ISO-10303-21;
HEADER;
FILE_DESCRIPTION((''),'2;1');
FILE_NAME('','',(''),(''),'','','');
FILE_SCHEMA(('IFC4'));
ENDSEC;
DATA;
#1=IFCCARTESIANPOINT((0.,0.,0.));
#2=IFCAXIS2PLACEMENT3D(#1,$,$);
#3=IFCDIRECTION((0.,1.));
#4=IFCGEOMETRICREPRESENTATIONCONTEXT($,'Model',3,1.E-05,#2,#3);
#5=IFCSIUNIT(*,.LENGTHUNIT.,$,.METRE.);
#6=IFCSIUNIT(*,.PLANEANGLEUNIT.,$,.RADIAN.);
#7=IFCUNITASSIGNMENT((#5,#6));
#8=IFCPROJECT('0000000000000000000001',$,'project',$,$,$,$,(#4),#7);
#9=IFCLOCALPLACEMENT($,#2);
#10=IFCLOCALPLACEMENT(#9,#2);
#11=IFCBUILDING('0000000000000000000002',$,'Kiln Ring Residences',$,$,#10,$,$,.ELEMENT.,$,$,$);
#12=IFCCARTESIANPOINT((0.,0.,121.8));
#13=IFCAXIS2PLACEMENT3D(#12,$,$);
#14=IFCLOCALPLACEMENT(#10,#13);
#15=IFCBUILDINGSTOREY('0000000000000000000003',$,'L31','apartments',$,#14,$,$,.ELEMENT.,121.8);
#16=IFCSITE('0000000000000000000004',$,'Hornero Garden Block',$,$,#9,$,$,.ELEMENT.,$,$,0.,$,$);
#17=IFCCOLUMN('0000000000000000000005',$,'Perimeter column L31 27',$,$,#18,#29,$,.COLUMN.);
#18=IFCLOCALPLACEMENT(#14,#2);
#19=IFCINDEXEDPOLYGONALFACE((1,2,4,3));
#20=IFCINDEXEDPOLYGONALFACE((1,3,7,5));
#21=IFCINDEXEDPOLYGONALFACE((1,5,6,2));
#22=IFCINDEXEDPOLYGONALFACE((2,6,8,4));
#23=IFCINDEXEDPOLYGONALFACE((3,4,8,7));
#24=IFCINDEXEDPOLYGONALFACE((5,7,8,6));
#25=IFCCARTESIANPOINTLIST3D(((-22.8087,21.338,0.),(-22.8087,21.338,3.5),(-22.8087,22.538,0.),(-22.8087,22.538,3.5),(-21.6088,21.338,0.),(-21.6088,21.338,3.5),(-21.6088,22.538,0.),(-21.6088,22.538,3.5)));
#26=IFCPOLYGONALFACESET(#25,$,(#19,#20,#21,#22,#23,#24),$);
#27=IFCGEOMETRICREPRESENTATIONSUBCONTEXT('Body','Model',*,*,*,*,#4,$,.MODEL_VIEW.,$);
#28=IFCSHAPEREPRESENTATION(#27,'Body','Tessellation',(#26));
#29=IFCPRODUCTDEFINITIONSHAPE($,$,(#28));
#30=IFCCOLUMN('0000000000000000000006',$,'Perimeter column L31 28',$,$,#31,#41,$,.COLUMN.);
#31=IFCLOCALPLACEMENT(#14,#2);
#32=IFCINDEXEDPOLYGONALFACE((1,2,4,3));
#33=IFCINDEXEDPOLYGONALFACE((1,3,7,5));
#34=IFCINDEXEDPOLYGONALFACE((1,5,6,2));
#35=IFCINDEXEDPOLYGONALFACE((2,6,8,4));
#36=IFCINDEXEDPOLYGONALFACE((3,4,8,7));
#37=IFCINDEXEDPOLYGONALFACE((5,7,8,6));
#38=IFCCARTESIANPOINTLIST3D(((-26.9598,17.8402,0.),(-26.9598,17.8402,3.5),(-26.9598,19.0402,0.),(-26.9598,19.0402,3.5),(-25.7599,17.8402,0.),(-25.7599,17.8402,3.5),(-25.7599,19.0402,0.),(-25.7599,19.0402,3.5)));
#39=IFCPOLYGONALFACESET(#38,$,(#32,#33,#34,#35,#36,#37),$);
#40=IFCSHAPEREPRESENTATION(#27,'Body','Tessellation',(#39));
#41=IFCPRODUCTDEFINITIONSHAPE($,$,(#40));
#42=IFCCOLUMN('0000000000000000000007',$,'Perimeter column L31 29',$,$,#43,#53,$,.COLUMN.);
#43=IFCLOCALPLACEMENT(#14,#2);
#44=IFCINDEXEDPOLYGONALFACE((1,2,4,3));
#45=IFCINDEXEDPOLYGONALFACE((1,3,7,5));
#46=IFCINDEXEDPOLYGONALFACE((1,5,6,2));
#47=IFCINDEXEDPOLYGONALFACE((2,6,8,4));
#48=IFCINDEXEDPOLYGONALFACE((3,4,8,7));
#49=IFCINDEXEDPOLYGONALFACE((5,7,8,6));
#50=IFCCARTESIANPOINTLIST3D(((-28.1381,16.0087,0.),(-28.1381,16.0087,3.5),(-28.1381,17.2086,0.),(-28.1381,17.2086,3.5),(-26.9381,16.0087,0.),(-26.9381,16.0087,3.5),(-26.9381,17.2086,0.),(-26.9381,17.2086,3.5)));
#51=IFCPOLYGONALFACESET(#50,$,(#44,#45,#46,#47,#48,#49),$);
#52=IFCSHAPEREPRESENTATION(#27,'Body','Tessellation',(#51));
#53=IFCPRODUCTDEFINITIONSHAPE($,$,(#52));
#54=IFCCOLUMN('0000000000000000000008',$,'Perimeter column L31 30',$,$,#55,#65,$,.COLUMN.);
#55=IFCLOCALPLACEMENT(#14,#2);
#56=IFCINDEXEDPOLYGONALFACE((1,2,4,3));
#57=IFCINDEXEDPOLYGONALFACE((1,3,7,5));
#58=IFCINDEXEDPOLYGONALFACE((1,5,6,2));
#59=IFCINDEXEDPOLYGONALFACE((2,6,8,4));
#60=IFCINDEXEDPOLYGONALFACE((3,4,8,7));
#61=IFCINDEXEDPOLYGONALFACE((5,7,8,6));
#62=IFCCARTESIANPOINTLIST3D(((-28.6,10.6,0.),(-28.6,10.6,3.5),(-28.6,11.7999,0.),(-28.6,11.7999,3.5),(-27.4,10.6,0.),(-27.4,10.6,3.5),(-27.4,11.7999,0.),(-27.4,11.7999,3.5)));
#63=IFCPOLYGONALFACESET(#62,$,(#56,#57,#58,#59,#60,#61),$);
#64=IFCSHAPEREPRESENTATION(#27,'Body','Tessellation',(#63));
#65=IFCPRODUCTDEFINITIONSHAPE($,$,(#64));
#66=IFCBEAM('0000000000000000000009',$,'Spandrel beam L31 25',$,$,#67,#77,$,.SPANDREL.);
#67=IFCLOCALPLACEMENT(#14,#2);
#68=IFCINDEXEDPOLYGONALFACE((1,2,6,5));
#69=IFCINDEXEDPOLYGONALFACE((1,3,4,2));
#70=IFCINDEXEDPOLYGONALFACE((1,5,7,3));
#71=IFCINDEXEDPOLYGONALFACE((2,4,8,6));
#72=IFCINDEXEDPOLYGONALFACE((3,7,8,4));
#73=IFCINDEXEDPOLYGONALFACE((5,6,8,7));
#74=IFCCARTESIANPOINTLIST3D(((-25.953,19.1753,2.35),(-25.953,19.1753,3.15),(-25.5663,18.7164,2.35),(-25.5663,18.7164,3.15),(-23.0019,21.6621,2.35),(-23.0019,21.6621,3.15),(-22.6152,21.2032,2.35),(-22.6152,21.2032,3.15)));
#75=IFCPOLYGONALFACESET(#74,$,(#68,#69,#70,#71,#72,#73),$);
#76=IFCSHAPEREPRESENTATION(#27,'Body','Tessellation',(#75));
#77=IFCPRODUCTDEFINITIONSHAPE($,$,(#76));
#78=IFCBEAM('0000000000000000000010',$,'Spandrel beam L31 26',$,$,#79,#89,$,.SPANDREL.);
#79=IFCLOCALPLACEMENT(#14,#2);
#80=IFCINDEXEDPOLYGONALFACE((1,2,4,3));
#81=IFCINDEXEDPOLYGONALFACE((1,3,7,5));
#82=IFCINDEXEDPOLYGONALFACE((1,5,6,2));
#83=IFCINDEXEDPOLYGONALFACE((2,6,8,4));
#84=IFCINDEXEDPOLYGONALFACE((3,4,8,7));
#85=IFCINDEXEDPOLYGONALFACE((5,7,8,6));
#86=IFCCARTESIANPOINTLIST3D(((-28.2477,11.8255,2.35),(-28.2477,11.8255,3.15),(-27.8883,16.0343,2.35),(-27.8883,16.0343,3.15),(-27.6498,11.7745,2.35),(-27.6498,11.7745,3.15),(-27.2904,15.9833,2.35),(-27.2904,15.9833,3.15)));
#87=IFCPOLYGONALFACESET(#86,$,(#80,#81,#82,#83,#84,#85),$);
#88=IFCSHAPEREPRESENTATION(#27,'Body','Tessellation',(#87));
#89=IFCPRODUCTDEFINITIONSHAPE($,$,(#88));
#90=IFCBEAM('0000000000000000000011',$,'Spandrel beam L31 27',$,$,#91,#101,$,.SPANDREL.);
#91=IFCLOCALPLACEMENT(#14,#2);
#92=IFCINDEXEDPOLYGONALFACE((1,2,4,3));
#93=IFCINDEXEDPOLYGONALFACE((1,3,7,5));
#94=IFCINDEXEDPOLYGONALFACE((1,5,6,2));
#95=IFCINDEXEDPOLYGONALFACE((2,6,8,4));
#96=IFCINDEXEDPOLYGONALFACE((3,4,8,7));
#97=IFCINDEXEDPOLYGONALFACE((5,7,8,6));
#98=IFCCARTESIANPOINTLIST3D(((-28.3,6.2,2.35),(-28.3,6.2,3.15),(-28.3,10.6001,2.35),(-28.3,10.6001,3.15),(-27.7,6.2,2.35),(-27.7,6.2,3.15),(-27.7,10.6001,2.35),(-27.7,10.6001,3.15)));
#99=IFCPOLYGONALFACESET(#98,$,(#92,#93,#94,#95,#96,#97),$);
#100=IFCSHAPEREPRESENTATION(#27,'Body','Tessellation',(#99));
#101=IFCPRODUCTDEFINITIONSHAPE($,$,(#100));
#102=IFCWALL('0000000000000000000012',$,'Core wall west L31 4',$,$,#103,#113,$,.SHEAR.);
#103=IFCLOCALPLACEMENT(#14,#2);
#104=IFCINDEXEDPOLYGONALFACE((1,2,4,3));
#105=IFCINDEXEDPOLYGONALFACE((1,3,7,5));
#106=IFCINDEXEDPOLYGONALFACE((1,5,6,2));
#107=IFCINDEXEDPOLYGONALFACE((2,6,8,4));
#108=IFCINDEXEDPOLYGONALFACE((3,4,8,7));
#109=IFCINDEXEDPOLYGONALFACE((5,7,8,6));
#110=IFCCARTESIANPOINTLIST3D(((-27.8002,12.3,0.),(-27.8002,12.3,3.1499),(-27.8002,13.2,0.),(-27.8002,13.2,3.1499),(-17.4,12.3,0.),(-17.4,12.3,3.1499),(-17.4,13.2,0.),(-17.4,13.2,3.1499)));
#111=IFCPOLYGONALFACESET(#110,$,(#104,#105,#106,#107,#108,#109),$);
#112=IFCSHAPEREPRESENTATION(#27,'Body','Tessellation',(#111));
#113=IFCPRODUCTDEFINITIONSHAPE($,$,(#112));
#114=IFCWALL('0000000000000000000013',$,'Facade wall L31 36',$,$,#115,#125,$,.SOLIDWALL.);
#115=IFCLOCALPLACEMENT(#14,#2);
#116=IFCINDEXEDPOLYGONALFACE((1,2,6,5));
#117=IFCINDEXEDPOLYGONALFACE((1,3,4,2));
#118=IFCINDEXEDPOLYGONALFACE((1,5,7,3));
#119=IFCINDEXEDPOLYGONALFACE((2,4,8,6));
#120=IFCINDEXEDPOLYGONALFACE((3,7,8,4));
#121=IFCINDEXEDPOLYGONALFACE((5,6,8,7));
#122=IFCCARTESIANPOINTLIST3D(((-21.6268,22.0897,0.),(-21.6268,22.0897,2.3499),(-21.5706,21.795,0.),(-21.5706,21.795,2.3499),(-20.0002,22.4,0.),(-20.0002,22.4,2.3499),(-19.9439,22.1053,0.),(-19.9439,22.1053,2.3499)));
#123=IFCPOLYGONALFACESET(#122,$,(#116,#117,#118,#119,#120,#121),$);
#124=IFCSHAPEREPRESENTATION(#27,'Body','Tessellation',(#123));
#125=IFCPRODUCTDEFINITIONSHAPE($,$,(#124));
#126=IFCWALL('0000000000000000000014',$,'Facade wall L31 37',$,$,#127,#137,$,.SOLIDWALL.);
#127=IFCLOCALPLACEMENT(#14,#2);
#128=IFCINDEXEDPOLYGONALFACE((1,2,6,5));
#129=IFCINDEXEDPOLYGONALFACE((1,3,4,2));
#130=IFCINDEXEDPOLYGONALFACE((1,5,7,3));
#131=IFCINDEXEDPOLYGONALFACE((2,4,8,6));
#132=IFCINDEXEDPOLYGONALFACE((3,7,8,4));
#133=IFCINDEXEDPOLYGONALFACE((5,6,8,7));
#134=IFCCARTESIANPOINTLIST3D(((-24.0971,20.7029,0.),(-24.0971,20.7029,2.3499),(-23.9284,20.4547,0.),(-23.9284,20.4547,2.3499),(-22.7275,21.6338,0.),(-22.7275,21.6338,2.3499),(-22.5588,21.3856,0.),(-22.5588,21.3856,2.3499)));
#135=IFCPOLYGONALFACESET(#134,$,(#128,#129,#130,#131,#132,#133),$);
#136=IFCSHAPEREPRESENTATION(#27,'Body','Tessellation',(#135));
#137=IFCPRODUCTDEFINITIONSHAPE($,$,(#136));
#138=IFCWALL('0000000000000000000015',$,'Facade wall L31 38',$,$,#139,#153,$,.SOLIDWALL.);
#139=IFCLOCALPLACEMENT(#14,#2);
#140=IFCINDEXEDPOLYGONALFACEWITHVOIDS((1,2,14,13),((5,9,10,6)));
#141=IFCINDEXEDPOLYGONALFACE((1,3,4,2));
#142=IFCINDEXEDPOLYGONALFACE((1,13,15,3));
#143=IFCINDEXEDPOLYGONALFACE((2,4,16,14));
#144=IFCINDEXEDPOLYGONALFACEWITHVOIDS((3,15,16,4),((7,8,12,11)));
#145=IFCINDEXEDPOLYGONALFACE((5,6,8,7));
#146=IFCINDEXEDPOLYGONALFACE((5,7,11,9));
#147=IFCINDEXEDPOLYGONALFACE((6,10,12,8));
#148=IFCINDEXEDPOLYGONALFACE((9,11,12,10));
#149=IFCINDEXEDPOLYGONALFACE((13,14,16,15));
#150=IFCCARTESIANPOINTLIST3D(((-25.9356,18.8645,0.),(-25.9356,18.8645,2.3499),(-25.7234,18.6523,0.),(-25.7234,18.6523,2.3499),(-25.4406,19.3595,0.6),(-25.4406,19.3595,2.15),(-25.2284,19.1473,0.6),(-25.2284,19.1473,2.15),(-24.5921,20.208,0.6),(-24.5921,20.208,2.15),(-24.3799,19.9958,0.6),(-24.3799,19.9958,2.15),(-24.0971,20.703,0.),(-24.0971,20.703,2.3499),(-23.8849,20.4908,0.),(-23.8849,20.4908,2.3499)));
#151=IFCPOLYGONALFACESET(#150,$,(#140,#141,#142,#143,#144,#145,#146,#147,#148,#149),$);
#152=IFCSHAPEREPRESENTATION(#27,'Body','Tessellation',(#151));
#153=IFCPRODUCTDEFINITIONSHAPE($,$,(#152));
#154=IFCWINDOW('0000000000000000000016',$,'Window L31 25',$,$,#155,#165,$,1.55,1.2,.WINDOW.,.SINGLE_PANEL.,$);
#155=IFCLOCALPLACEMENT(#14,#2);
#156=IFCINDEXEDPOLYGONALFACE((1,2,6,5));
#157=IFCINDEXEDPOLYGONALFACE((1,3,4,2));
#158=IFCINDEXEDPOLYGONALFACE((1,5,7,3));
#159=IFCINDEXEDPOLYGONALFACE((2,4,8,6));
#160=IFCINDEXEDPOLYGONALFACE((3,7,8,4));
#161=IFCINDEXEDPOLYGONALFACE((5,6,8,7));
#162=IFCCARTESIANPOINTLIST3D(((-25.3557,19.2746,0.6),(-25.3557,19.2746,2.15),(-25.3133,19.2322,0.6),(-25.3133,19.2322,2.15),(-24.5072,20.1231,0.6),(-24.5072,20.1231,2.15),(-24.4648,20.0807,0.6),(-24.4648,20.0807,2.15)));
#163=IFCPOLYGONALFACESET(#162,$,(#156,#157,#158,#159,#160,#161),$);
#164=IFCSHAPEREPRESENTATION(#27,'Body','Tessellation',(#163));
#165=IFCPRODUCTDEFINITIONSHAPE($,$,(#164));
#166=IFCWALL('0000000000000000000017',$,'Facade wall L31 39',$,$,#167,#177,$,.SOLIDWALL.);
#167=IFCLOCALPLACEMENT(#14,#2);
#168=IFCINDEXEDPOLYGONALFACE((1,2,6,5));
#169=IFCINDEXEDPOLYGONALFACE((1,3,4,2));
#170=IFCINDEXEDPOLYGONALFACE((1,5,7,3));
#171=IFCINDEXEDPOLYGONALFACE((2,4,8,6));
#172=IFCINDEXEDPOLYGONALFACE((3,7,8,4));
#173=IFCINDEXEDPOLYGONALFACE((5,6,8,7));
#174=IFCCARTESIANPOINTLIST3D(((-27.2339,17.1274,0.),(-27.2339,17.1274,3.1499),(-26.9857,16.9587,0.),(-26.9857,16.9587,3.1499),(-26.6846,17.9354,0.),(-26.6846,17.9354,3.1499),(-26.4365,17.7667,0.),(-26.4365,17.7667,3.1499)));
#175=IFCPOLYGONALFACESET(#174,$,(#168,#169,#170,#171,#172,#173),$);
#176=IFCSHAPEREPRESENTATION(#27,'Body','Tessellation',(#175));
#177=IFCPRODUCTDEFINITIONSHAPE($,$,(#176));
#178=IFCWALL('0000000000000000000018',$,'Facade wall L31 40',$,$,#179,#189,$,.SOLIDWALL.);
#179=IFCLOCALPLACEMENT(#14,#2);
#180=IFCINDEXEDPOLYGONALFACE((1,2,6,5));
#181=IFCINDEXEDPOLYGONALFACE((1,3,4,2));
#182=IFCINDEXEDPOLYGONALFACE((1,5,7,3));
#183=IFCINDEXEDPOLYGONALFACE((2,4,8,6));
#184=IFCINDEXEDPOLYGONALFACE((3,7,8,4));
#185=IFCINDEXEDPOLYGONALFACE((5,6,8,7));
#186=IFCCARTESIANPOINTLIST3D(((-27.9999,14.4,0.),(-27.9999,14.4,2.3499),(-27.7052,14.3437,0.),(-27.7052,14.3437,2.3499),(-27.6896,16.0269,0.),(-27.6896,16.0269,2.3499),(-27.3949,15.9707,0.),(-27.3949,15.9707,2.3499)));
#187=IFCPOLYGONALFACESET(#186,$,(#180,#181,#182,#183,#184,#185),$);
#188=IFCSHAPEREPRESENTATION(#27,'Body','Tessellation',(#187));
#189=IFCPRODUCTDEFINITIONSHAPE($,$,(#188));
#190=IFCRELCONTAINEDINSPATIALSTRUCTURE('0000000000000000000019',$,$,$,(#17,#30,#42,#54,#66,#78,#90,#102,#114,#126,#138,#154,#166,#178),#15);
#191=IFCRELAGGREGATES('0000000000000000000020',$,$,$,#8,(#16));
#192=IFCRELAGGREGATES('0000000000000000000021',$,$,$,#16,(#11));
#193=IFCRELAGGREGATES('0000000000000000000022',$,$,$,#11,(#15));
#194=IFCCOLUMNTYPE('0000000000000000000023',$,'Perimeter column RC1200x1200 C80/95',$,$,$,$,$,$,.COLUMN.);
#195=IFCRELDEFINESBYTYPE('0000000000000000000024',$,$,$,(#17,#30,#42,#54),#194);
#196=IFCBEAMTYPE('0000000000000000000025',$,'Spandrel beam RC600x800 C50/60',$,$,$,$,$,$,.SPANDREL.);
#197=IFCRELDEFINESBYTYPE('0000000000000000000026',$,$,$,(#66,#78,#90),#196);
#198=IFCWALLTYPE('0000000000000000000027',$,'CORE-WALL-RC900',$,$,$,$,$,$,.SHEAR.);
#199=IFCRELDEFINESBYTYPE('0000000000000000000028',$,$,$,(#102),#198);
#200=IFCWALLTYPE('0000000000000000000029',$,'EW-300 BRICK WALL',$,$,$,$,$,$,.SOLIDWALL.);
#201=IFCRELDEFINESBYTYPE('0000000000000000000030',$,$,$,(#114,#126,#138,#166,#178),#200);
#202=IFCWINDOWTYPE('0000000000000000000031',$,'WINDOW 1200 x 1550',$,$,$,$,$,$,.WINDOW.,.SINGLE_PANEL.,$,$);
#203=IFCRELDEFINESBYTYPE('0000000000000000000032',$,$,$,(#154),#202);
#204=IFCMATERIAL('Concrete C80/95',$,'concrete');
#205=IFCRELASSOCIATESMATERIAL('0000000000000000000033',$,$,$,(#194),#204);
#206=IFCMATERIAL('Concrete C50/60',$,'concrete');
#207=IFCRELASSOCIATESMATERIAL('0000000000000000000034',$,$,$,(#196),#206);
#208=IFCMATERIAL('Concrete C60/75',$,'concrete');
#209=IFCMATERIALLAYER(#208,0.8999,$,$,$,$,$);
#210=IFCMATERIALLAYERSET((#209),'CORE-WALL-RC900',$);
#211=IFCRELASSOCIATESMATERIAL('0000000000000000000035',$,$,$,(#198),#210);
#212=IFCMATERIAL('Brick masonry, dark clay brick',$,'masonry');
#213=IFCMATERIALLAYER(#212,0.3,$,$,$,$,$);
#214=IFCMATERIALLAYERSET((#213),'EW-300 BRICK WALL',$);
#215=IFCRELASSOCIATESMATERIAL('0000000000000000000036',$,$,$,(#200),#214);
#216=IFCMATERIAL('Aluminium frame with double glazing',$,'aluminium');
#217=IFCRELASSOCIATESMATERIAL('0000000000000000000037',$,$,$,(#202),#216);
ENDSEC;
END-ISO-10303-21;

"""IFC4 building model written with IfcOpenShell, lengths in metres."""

from ifc_helpers import new_model, si_unit, direction, frame, frame_2d, origin, origin_2d, place, context, subcontext, project, spatial, rectangle, extrude, material, layer, layer_set, material_profile, profile_set, type_object, element, fill, save


model = new_model("IFC4")

# Units and contexts
model_context = context("Model", 3, precision=1e-05, world=origin(), true_north=direction((0.0, 1.0)))
body_context = subcontext(model_context, "Body", "Model", "MODEL_VIEW")
ifc_project = project(units=[si_unit("LENGTHUNIT", "METRE"), si_unit("PLANEANGLEUNIT", "RADIAN")], contexts=[model_context])

# Site, building, storey
site_placement = place(None, origin())
site = spatial("IfcSite", under=ifc_project, at=site_placement, Name="Hornero Garden Block", CompositionType="ELEMENT", RefElevation=0.0)
building_placement = place(site_placement, origin())
building = spatial("IfcBuilding", under=site, at=building_placement, Name="Kiln Ring Residences", CompositionType="ELEMENT")
storey_placement = place(building_placement, frame((0.0, 0.0, 121.8)))
storey = spatial("IfcBuildingStorey", under=building, at=storey_placement, Name="L31", Description="apartments", CompositionType="ELEMENT", Elevation=121.8)

# Columns
ifc_material_1 = material(Name="Concrete C80/95", Category="concrete")
ifc_material_profile_1 = material_profile(ifc_material_1, rectangle(XDim=1.2, YDim=1.2, at=origin_2d()), Name="RC1200x1200")
ifc_profile_set_1 = profile_set([ifc_material_profile_1], Name="Concrete C80/95")
column_type = type_object("IfcColumnType", Name="Perimeter column RC1200x1200 C80/95", PredefinedType="COLUMN", material=ifc_profile_set_1)
for number, where, z_axis, x_axis, name in (
    (1, (-22.2087, 21.938, 0.0), (0.0, 0.0, 1.0), (1.0, 0.0, 0.0), "Perimeter column L31 27"),
    (2, (-26.3599, 18.4402, 0.0), (0.0, 0.0, 1.0), (1.0, 0.0, 0.0), "Perimeter column L31 28"),
    (3, (-27.5381, 16.6086, 0.0), (0.0, 0.0, 1.0), (1.0, 0.0, 0.0), "Perimeter column L31 29"),
    (4, (-28.0, 11.2, 0.0), (0.0, 0.0, 1.0), (1.0, 0.0, 0.0), "Perimeter column L31 30"),
):
    element("IfcColumn", number, at=place(storey_placement, frame(where, z_axis=z_axis, x_axis=x_axis)), inside=storey, type_object=column_type, Name=name, PredefinedType="COLUMN", context=body_context, shape_type="SweptSolid", body=[
        extrude(rectangle(XDim=1.2, YDim=1.2, at=origin_2d()), origin(), (0.0, 0.0, 1.0), 3.5),
    ])

# Beams
ifc_material_2 = material(Name="Concrete C50/60", Category="concrete")
ifc_material_profile_2 = material_profile(ifc_material_2, rectangle(XDim=0.6001, YDim=0.8, at=origin_2d()), Name="RC600x800")
ifc_profile_set_2 = profile_set([ifc_material_profile_2], Name="Concrete C50/60")
beam_type = type_object("IfcBeamType", Name="Spandrel beam RC600x800 C50/60", PredefinedType="SPANDREL", material=ifc_profile_set_2)
beam_1_placement = place(storey_placement, frame((-22.8086, 21.4326, 2.75), z_axis=(-0.764704, -0.644381, 0.0), x_axis=(0.644381, -0.764704, 0.0)))
element("IfcBeam", 5, at=beam_1_placement, inside=storey, type_object=beam_type, Name="Spandrel beam L31 25", PredefinedType="SPANDREL", context=body_context, shape_type="SweptSolid", body=[
    extrude(rectangle(XDim=0.6001, YDim=0.8, at=origin_2d()), origin(), (0.0, 0.0, 1.0), 3.8591),
])
beam_2_placement = place(storey_placement, frame((-27.5894, 16.0088, 2.75), z_axis=(-0.085078, -0.996374, 0.0), x_axis=(0.996374, -0.085078, 0.0)))
element("IfcBeam", 6, at=beam_2_placement, inside=storey, type_object=beam_type, Name="Spandrel beam L31 26", PredefinedType="SPANDREL", context=body_context, shape_type="SweptSolid", body=[
    extrude(rectangle(XDim=0.6001, YDim=0.8, at=origin_2d()), origin(), (0.0, 0.0, 1.0), 4.2241),
])
beam_3_placement = place(storey_placement, frame((-28.0, 10.6001, 2.75), z_axis=(0.0, -1.0, 0.0), x_axis=(1.0, 0.0, 0.0)))
element("IfcBeam", 7, at=beam_3_placement, inside=storey, type_object=beam_type, Name="Spandrel beam L31 27", PredefinedType="SPANDREL", context=body_context, shape_type="SweptSolid", body=[
    extrude(rectangle(XDim=0.6001, YDim=0.8, at=origin_2d()), origin(), (0.0, 0.0, 1.0), 4.4001),
])

# Walls
ifc_material_3 = material(Name="Concrete C60/75", Category="concrete")
ifc_layer_1 = layer(ifc_material_3, 0.8999)
ifc_layer_set_1 = layer_set([ifc_layer_1], Name="CORE-WALL-RC900")
wall_type_1 = type_object("IfcWallType", Name="CORE-WALL-RC900", PredefinedType="SHEAR", material=ifc_layer_set_1)
wall_1_placement = place(storey_placement, frame((-17.3999, 12.75, 0.0), z_axis=(0.0, 0.0, 1.0), x_axis=(-1.0, 0.0, 0.0)))
element("IfcWall", 8, at=wall_1_placement, inside=storey, type_object=wall_type_1, Name="Core wall west L31 4", PredefinedType="SHEAR", context=body_context, shape_type="SweptSolid", body=[
    extrude(rectangle(XDim=10.4001, YDim=0.8999, at=frame_2d((5.2002, 0.0))), origin(), (0.0, 0.0, 1.0), 3.1499),
])
ifc_material_4 = material(Name="Brick masonry, dark clay brick", Category="masonry")
ifc_layer_2 = layer(ifc_material_4, 0.3)
ifc_layer_set_2 = layer_set([ifc_layer_2], Name="EW-300 BRICK WALL")
wall_type_2 = type_object("IfcWallType", Name="EW-300 BRICK WALL", PredefinedType="SOLIDWALL", material=ifc_layer_set_2)
for number, where, z_axis, x_axis, name in (
    (9, (-19.9719, 22.2527, 0.0), (0.0, 0.0, 1.0), (-0.982288, -0.187376, 0.0), "Facade wall L31 36"),
    (10, (-22.6431, 21.5098, 0.0), (0.0, 0.0, 1.0), (-0.82705, -0.562129, 0.0), "Facade wall L31 37"),
):
    element("IfcWall", number, at=place(storey_placement, frame(where, z_axis=z_axis, x_axis=x_axis)), inside=storey, type_object=wall_type_2, Name=name, PredefinedType="SOLIDWALL", context=body_context, shape_type="SweptSolid", body=[
        extrude(rectangle(XDim=1.656, YDim=0.3, at=frame_2d((0.8281, 0.0))), origin(), (0.0, 0.0, 1.0), 2.3499),
    ])

# Wall, opening, window
wall_2_placement = place(storey_placement, frame((-23.991, 20.5969, 0.0), z_axis=(0.0, 0.0, 1.0), x_axis=(-0.707107, -0.707107, 0.0)))
wall_2 = element("IfcWall", 11, at=wall_2_placement, inside=storey, type_object=wall_type_2, Name="Facade wall L31 38", PredefinedType="SOLIDWALL", context=body_context, shape_type="SweptSolid", body=[
    extrude(rectangle(XDim=2.6001, YDim=0.3, at=frame_2d((1.3, 0.0))), origin(), (0.0, 0.0, 1.0), 2.3499),
])
opening_1_placement = place(wall_2_placement, frame((0.7, 0.0, 0.6001)))
opening_1 = element("IfcOpeningElement", 12, at=opening_1_placement, cuts=wall_2, PredefinedType="OPENING", context=body_context, shape_type="SweptSolid", body=[
    extrude(rectangle(XDim=1.2, YDim=1.55, at=frame_2d((0.6001, 0.7749))), frame((0.0, 0.1599, 0.0), z_axis=(0.0, -1.0, 0.0), x_axis=(1.0, 0.0, 0.0)), (0.0, 0.0, 1.0), 0.3201),
])
ifc_material_5 = material(Name="Aluminium frame with double glazing", Category="aluminium")
window_type = type_object("IfcWindowType", Name="WINDOW 1200 x 1550", PartitioningType="SINGLE_PANEL", PredefinedType="WINDOW", material=ifc_material_5)
window_placement = place(opening_1_placement, origin())
window = element("IfcWindow", 13, at=window_placement, inside=storey, type_object=window_type, Name="Window L31 25", OverallHeight=1.55, OverallWidth=1.2, PartitioningType="SINGLE_PANEL", PredefinedType="WINDOW", context=body_context, shape_type="SweptSolid", body=[
    extrude(rectangle(XDim=1.2, YDim=1.55, at=frame_2d((0.6001, 0.7749))), frame((0.0, 0.03, 0.0), z_axis=(0.0, -1.0, 0.0), x_axis=(1.0, 0.0, 0.0)), (0.0, 0.0, 1.0), 0.0601),
])
fill(opening_1, window)

# Walls
wall_3_placement = place(storey_placement, frame((-26.5605, 17.8511, 0.0), z_axis=(0.0, 0.0, 1.0), x_axis=(-0.562173, -0.827019, 0.0)))
element("IfcWall", 14, at=wall_3_placement, inside=storey, type_object=wall_type_2, Name="Facade wall L31 39", PredefinedType="SOLIDWALL", context=body_context, shape_type="SweptSolid", body=[
    extrude(rectangle(XDim=0.9771, YDim=0.3, at=frame_2d((0.4885, 0.0))), origin(), (0.0, 0.0, 1.0), 3.1499),
])
wall_4_placement = place(storey_placement, frame((-27.5422, 15.9988, 0.0), z_axis=(0.0, 0.0, 1.0), x_axis=(-0.187349, -0.982293, 0.0)))
element("IfcWall", 15, at=wall_4_placement, inside=storey, type_object=wall_type_2, Name="Facade wall L31 40", PredefinedType="SOLIDWALL", context=body_context, shape_type="SweptSolid", body=[
    extrude(rectangle(XDim=1.6562, YDim=0.3, at=frame_2d((0.8281, 0.0))), origin(), (0.0, 0.0, 1.0), 2.3499),
])

save(model, "model.ifc")
